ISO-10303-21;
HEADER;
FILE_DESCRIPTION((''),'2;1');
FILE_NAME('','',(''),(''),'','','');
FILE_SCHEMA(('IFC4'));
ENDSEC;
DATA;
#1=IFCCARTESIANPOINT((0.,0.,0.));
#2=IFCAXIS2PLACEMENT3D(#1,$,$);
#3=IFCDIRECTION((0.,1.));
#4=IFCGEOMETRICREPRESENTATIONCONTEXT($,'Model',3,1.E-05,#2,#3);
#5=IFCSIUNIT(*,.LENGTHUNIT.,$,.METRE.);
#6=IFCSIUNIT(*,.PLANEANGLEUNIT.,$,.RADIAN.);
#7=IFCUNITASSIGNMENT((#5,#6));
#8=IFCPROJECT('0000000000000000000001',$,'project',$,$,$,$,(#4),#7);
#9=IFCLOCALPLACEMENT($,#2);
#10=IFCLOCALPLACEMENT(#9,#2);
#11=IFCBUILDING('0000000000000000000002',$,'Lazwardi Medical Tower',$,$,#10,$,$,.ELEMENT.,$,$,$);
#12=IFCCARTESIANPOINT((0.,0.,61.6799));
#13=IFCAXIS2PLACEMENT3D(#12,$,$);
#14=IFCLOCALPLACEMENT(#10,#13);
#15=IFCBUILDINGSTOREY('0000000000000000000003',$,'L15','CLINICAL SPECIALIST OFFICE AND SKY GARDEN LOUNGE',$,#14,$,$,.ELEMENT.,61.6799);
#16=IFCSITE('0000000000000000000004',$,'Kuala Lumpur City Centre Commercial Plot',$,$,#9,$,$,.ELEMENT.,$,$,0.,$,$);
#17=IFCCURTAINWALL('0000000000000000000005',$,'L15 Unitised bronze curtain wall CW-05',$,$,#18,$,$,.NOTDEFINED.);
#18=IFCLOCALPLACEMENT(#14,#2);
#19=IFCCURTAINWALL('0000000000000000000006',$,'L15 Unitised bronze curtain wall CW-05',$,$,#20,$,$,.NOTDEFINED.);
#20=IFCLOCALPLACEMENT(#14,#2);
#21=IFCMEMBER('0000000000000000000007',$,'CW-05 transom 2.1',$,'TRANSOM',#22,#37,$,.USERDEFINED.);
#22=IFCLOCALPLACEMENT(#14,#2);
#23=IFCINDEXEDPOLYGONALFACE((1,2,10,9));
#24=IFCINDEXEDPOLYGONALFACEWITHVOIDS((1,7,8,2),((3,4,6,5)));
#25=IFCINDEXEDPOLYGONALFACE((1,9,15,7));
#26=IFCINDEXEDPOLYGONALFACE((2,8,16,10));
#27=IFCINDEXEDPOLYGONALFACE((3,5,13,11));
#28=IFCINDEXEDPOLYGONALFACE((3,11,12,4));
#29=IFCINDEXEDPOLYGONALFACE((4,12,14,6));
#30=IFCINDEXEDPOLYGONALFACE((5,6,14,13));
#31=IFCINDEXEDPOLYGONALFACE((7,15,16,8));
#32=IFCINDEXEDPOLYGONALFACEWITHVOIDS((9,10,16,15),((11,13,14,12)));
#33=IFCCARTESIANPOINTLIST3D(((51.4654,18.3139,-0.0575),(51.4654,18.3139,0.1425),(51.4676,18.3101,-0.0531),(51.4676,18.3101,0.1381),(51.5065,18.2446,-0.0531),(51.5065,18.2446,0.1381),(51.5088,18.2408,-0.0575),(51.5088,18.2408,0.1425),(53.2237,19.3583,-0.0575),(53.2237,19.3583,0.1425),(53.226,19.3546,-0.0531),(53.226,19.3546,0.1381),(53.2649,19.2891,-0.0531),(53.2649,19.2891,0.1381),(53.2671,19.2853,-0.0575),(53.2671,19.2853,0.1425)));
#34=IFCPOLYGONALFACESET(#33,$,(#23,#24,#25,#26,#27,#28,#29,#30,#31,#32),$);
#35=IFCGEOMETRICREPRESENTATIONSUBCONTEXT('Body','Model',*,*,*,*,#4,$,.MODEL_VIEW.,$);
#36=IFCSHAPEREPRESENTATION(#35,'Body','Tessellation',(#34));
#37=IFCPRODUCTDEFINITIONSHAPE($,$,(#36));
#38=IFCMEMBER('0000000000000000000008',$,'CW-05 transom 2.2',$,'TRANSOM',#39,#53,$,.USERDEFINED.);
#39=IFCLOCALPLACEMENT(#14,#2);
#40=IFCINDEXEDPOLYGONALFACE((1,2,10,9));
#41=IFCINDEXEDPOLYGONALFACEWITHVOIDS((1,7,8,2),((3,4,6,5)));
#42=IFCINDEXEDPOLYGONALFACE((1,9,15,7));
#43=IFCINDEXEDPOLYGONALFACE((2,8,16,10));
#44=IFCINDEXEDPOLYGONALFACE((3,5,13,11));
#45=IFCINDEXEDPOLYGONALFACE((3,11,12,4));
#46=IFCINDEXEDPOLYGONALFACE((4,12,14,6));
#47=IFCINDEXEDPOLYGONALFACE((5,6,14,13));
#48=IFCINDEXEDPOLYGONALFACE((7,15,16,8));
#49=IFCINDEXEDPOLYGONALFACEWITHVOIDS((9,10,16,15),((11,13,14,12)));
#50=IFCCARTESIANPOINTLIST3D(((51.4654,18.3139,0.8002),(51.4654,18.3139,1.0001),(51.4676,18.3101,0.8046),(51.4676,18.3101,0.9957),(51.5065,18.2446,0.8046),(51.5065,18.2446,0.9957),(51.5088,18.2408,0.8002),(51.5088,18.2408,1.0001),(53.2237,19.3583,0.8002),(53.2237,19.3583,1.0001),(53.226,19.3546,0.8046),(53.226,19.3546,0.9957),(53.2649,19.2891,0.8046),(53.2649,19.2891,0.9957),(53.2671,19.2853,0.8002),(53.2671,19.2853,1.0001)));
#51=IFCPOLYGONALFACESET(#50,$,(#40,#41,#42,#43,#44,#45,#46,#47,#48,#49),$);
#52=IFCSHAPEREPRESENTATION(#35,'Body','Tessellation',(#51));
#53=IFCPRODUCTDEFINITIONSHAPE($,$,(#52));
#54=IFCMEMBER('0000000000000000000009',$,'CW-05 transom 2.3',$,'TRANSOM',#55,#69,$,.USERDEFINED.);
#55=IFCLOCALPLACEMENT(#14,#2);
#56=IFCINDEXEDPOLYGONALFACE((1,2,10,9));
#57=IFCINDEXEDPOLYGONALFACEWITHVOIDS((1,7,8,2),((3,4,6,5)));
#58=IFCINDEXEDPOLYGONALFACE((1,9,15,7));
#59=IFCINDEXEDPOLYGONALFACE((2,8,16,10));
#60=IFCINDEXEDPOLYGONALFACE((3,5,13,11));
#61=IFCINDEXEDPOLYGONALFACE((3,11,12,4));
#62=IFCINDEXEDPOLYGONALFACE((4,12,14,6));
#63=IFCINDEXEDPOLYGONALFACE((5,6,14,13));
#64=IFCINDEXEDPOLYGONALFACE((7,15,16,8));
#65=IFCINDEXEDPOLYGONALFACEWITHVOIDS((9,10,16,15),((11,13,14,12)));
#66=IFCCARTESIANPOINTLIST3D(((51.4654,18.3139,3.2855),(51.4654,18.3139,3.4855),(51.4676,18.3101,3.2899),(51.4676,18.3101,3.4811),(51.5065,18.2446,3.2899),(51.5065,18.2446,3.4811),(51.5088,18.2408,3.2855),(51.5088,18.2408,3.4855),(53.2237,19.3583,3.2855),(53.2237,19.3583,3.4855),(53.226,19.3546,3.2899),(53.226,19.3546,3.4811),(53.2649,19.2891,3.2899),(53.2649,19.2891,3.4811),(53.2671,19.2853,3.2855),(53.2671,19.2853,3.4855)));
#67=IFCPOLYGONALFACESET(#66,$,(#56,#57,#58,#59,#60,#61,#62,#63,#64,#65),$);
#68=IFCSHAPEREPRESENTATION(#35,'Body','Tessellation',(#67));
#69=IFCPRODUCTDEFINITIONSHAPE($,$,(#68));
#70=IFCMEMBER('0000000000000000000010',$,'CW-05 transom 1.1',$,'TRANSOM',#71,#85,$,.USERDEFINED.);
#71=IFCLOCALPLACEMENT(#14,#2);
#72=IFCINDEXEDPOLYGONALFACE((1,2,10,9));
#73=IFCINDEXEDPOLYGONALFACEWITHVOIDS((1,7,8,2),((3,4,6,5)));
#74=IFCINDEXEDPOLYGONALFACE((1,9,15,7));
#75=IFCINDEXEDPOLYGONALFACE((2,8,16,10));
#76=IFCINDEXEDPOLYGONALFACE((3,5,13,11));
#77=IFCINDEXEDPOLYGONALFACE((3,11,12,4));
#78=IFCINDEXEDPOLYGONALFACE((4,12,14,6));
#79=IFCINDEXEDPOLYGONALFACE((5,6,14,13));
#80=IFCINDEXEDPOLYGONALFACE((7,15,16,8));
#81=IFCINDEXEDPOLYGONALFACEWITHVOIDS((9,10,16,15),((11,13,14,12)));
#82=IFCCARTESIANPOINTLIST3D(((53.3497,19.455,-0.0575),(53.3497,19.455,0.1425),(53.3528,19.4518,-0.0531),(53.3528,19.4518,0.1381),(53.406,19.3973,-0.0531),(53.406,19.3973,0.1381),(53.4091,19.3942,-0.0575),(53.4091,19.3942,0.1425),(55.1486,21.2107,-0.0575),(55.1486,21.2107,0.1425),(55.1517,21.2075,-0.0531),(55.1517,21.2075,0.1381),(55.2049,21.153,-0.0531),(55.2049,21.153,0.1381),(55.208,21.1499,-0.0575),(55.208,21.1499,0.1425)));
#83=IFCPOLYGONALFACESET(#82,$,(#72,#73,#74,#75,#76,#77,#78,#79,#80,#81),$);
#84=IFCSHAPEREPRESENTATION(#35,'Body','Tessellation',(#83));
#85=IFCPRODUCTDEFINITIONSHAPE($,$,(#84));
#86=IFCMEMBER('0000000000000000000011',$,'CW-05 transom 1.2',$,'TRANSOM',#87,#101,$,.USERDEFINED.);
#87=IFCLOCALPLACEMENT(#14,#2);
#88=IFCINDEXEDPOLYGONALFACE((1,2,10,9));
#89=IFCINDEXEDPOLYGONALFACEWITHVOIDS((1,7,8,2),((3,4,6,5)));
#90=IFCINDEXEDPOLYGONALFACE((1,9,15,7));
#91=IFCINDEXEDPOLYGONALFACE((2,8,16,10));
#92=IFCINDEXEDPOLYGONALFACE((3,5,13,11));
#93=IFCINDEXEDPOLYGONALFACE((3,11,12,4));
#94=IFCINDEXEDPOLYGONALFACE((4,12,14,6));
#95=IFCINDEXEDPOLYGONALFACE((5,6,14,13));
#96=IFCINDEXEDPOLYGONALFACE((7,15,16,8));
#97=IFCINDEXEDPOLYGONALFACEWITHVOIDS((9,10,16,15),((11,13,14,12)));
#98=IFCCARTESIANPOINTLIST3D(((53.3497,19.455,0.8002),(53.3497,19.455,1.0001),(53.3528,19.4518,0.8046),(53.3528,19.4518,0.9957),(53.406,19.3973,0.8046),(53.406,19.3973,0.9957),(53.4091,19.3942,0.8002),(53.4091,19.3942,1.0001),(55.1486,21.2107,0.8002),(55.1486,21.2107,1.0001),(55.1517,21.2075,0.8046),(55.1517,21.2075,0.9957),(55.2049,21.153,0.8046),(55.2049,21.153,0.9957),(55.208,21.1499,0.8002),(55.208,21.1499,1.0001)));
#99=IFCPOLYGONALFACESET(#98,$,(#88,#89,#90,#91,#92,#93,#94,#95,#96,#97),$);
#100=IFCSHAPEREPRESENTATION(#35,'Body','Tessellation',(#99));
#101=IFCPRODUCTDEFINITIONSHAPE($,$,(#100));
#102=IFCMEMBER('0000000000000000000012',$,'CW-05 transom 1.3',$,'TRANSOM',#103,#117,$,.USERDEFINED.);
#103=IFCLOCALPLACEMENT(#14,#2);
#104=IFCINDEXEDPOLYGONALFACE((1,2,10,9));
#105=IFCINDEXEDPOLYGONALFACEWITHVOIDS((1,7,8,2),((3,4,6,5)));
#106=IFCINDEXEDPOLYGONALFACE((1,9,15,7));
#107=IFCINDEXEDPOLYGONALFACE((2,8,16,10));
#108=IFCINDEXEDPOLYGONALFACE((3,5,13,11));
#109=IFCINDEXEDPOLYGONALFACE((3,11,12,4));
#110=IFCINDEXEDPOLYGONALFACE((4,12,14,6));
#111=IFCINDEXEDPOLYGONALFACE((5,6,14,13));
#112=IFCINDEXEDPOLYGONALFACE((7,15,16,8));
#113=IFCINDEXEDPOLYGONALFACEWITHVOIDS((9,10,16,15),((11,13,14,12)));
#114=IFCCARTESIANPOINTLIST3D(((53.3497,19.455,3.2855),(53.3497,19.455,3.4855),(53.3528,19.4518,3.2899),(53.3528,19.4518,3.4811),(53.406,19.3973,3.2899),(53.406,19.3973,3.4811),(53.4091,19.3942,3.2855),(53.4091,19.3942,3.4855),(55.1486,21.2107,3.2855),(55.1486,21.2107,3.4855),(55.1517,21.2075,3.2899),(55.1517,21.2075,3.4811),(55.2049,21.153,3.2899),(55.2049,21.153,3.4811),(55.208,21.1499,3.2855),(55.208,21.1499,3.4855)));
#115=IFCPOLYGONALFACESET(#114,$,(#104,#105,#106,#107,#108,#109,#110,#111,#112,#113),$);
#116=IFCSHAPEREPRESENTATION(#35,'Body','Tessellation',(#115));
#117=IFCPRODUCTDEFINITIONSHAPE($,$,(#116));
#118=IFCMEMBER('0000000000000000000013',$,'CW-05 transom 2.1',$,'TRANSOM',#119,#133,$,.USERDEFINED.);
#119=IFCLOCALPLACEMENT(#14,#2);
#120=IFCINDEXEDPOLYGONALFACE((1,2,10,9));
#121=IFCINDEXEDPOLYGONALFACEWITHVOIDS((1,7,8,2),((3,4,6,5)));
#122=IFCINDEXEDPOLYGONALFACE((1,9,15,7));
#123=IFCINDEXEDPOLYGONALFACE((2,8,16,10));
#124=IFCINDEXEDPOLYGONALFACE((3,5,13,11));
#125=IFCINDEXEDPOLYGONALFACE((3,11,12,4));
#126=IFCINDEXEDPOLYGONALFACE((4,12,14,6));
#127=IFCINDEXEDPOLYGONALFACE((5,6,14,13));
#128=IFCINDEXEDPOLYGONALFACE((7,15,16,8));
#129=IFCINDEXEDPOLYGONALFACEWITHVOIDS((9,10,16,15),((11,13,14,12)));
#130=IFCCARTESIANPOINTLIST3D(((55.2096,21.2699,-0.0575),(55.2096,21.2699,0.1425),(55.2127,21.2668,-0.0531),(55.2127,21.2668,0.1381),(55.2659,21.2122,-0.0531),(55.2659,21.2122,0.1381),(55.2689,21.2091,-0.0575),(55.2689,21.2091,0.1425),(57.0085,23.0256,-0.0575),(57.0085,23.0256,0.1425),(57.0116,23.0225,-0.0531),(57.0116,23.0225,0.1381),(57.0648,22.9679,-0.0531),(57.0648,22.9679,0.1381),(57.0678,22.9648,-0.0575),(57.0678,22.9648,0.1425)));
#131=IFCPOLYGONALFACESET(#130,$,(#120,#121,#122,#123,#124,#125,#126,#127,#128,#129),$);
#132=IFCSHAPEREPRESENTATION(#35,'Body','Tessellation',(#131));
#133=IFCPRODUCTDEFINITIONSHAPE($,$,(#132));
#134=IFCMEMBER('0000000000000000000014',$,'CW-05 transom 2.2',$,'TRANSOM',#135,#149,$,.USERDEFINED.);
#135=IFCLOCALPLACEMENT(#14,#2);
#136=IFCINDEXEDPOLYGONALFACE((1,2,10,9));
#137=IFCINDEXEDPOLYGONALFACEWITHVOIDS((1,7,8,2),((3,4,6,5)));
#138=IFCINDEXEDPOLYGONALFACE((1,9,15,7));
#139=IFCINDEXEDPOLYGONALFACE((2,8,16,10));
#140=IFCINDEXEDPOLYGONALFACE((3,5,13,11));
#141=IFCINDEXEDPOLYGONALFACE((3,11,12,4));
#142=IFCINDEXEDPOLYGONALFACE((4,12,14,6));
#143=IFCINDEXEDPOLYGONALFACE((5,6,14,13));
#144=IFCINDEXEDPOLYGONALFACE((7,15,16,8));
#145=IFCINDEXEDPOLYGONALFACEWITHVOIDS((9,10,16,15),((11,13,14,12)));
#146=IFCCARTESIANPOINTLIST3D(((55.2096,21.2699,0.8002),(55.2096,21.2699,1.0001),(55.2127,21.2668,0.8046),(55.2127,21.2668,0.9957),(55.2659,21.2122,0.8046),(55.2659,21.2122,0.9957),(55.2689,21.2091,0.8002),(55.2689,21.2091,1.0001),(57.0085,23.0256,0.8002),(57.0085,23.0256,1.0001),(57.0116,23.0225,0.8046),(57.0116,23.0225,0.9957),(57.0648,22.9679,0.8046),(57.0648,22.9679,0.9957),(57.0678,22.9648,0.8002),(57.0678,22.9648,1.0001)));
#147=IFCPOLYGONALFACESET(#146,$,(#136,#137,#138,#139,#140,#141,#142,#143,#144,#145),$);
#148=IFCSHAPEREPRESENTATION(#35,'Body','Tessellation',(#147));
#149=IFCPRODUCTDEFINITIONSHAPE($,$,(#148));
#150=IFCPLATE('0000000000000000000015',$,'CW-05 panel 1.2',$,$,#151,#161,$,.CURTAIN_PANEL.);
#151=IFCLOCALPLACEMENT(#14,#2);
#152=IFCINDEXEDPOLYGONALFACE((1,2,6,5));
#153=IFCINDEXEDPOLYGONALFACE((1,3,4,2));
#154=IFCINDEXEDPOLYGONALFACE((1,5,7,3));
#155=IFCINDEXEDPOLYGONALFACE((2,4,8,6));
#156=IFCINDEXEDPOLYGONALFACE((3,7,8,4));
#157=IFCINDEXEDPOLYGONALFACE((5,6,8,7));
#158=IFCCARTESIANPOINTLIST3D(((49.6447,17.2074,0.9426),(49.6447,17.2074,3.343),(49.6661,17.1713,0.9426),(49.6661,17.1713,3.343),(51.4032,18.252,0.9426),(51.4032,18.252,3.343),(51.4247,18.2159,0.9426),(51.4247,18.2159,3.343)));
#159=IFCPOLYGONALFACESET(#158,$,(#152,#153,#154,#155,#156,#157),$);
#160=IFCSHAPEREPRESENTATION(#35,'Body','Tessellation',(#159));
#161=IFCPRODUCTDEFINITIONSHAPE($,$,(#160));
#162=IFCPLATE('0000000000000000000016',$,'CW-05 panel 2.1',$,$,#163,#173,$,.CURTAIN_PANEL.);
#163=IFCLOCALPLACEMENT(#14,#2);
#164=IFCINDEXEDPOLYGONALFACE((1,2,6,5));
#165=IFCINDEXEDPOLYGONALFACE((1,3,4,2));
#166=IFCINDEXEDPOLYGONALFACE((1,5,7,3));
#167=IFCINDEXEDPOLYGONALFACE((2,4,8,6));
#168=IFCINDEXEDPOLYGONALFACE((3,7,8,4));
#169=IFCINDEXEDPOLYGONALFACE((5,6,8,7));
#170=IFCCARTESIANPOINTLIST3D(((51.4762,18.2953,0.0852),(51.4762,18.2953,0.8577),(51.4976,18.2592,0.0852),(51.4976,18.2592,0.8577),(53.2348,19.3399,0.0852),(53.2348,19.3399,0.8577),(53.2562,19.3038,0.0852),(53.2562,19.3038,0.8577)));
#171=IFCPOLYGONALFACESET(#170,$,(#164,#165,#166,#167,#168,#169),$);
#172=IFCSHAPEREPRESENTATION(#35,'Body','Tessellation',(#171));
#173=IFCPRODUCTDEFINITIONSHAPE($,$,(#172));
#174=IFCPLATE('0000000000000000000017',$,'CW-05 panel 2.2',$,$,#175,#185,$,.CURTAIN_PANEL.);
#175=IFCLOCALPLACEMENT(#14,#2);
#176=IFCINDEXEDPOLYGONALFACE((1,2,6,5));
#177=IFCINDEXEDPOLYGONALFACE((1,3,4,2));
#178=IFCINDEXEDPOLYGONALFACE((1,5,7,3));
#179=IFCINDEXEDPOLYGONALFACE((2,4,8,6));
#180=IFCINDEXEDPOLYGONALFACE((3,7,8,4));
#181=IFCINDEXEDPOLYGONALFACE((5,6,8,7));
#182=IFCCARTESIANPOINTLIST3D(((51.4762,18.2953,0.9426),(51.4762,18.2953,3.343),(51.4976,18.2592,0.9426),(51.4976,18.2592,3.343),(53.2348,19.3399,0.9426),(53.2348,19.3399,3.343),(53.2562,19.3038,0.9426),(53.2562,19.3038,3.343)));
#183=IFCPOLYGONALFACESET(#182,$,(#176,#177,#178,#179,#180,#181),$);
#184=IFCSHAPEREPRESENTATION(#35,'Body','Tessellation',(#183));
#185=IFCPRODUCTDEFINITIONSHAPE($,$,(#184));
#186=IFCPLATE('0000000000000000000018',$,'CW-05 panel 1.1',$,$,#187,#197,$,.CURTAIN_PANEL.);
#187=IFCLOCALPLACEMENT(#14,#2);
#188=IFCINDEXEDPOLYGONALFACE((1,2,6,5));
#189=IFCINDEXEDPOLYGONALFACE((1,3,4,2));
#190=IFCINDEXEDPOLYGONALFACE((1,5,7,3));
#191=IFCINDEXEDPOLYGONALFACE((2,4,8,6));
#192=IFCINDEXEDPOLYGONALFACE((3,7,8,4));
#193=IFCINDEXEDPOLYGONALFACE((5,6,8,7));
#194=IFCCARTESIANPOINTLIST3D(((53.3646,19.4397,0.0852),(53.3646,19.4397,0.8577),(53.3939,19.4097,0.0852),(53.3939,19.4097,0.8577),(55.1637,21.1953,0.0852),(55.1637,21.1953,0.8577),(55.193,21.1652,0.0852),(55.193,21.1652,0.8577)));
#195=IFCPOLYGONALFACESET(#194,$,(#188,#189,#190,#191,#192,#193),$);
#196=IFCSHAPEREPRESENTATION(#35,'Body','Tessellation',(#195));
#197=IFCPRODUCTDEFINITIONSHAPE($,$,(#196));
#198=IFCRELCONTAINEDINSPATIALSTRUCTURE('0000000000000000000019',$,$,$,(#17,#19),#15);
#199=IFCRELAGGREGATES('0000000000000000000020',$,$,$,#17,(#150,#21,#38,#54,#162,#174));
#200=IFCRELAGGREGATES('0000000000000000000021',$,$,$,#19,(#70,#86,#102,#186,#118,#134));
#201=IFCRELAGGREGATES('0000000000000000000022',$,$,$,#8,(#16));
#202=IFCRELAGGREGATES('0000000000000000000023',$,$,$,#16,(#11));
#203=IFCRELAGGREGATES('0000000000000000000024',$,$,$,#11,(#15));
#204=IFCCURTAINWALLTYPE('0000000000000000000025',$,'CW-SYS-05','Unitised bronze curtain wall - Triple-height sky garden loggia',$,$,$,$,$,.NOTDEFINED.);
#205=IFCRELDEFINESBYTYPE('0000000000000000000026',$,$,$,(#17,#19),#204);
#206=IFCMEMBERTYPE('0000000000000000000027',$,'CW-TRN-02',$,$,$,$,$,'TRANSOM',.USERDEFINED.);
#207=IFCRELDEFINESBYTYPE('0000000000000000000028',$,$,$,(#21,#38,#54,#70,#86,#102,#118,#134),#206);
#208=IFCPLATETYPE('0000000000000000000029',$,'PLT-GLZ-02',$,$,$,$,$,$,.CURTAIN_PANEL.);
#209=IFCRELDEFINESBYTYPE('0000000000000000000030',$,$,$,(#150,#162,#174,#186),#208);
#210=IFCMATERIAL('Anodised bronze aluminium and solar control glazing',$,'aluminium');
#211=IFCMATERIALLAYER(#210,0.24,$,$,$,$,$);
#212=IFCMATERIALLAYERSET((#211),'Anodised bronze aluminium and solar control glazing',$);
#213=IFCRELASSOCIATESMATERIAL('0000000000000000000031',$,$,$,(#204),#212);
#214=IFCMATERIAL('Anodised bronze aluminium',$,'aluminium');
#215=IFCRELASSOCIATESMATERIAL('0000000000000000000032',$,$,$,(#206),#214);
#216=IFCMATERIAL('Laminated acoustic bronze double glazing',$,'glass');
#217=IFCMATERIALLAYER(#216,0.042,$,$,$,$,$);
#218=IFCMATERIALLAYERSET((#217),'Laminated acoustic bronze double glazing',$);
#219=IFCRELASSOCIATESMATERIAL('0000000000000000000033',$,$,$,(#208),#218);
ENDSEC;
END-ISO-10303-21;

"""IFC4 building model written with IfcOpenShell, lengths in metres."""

from ifc_helpers import new_model, si_unit, direction, frame, origin, origin_2d, place, context, subcontext, project, spatial, rectangle, hollow_rectangle, extrude, material, layer, layer_set, material_profile, profile_set, type_object, element, aggregate, save


model = new_model("IFC4")

# Units and contexts
model_context = context("Model", 3, precision=1e-05, world=origin(), true_north=direction((0.0, 1.0)))
body_context = subcontext(model_context, "Body", "Model", "MODEL_VIEW")
ifc_project = project(units=[si_unit("LENGTHUNIT", "METRE"), si_unit("PLANEANGLEUNIT", "RADIAN")], contexts=[model_context])

# Site, building, storey
site_placement = place(None, origin())
site = spatial("IfcSite", under=ifc_project, at=site_placement, Name="Kuala Lumpur City Centre Commercial Plot", CompositionType="ELEMENT", RefElevation=0.0)
building_placement = place(site_placement, origin())
building = spatial("IfcBuilding", under=site, at=building_placement, Name="Lazwardi Medical Tower", CompositionType="ELEMENT")
storey_placement = place(building_placement, frame((0.0, 0.0, 61.6799)))
storey = spatial("IfcBuildingStorey", under=building, at=storey_placement, Name="L15", Description="CLINICAL SPECIALIST OFFICE AND SKY GARDEN LOUNGE", CompositionType="ELEMENT", Elevation=61.6799)

# Shared definitions
ifc_material_1 = material(Name="Anodised bronze aluminium and solar control glazing", Category="aluminium")
ifc_material_2 = material(Name="Anodised bronze aluminium", Category="aluminium")

# Curtain walls
ifc_layer_1 = layer(ifc_material_1, 0.24)
ifc_layer_set_1 = layer_set([ifc_layer_1], Name="Anodised bronze aluminium and solar control glazing")
curtain_wall_type_1 = type_object("IfcCurtainWallType", Name="CW-SYS-05", Description="Unitised bronze curtain wall - Triple-height sky garden loggia", PredefinedType="NOTDEFINED", material=ifc_layer_set_1)
curtain_wall_1_placement = place(storey_placement, origin())
curtain_wall_1 = element("IfcCurtainWall", 1, at=curtain_wall_1_placement, inside=storey, type_object=curtain_wall_type_1, Name="L15 Unitised bronze curtain wall CW-05", PredefinedType="NOTDEFINED")
curtain_wall_2_placement = place(storey_placement, origin())
curtain_wall_2 = element("IfcCurtainWall", 2, at=curtain_wall_2_placement, inside=storey, type_object=curtain_wall_type_1, Name="L15 Unitised bronze curtain wall CW-05", PredefinedType="NOTDEFINED")

# Members
ifc_material_profile_1 = material_profile(ifc_material_2, hollow_rectangle(XDim=0.085, YDim=0.2, WallThickness=0.0044, at=origin_2d()), Name="ALU-TRANSOM 200x85x4.5")
ifc_profile_set_1 = profile_set([ifc_material_profile_1], Name="Anodised bronze aluminium")
member_type_1 = type_object("IfcMemberType", Name="CW-TRN-02", ElementType="TRANSOM", PredefinedType="USERDEFINED", material=ifc_profile_set_1)
member_1_placement = place(storey_placement, frame((51.4871, 18.2773, 0.0425), z_axis=(0.85976, 0.510699, 0.0), x_axis=(-0.510699, 0.85976, 0.0)))
member_1 = element("IfcMember", 3, at=member_1_placement, type_object=member_type_1, Name="CW-05 transom 2.1", ObjectType="TRANSOM", PredefinedType="USERDEFINED", context=body_context, shape_type="SweptSolid", body=[
    extrude(hollow_rectangle(XDim=0.085, YDim=0.2, WallThickness=0.0044, at=origin_2d()), origin(), (0.0, 0.0, 1.0), 2.0452),
])
member_2_placement = place(storey_placement, frame((51.4871, 18.2773, 0.9001), z_axis=(0.85976, 0.510699, 0.0), x_axis=(-0.510699, 0.85976, 0.0)))
member_2 = element("IfcMember", 4, at=member_2_placement, type_object=member_type_1, Name="CW-05 transom 2.2", ObjectType="TRANSOM", PredefinedType="USERDEFINED", context=body_context, shape_type="SweptSolid", body=[
    extrude(hollow_rectangle(XDim=0.085, YDim=0.2, WallThickness=0.0044, at=origin_2d()), origin(), (0.0, 0.0, 1.0), 2.0452),
])
member_3_placement = place(storey_placement, frame((51.4871, 18.2773, 3.3855), z_axis=(0.85976, 0.510699, 0.0), x_axis=(-0.510699, 0.85976, 0.0)))
member_3 = element("IfcMember", 5, at=member_3_placement, type_object=member_type_1, Name="CW-05 transom 2.3", ObjectType="TRANSOM", PredefinedType="USERDEFINED", context=body_context, shape_type="SweptSolid", body=[
    extrude(hollow_rectangle(XDim=0.085, YDim=0.2, WallThickness=0.0044, at=origin_2d()), origin(), (0.0, 0.0, 1.0), 2.0452),
])
member_4_placement = place(storey_placement, frame((53.3794, 19.4246, 0.0425), z_axis=(0.71565, 0.698459, 0.0), x_axis=(-0.698459, 0.71565, 0.0)))
member_4 = element("IfcMember", 6, at=member_4_placement, type_object=member_type_1, Name="CW-05 transom 1.1", ObjectType="TRANSOM", PredefinedType="USERDEFINED", context=body_context, shape_type="SweptSolid", body=[
    extrude(hollow_rectangle(XDim=0.085, YDim=0.2, WallThickness=0.0044, at=origin_2d()), origin(), (0.0, 0.0, 1.0), 2.5137),
])
member_5_placement = place(storey_placement, frame((53.3794, 19.4246, 0.9001), z_axis=(0.71565, 0.698459, 0.0), x_axis=(-0.698459, 0.71565, 0.0)))
member_5 = element("IfcMember", 7, at=member_5_placement, type_object=member_type_1, Name="CW-05 transom 1.2", ObjectType="TRANSOM", PredefinedType="USERDEFINED", context=body_context, shape_type="SweptSolid", body=[
    extrude(hollow_rectangle(XDim=0.085, YDim=0.2, WallThickness=0.0044, at=origin_2d()), origin(), (0.0, 0.0, 1.0), 2.5137),
])
member_6_placement = place(storey_placement, frame((53.3794, 19.4246, 3.3855), z_axis=(0.71565, 0.698459, 0.0), x_axis=(-0.698459, 0.71565, 0.0)))
member_6 = element("IfcMember", 8, at=member_6_placement, type_object=member_type_1, Name="CW-05 transom 1.3", ObjectType="TRANSOM", PredefinedType="USERDEFINED", context=body_context, shape_type="SweptSolid", body=[
    extrude(hollow_rectangle(XDim=0.085, YDim=0.2, WallThickness=0.0044, at=origin_2d()), origin(), (0.0, 0.0, 1.0), 2.5137),
])
member_7_placement = place(storey_placement, frame((55.2393, 21.2395, 0.0425), z_axis=(0.71565, 0.698459, 0.0), x_axis=(-0.698459, 0.71565, 0.0)))
member_7 = element("IfcMember", 9, at=member_7_placement, type_object=member_type_1, Name="CW-05 transom 2.1", ObjectType="TRANSOM", PredefinedType="USERDEFINED", context=body_context, shape_type="SweptSolid", body=[
    extrude(hollow_rectangle(XDim=0.085, YDim=0.2, WallThickness=0.0044, at=origin_2d()), origin(), (0.0, 0.0, 1.0), 2.5137),
])
member_8_placement = place(storey_placement, frame((55.2393, 21.2395, 0.9001), z_axis=(0.71565, 0.698459, 0.0), x_axis=(-0.698459, 0.71565, 0.0)))
member_8 = element("IfcMember", 10, at=member_8_placement, type_object=member_type_1, Name="CW-05 transom 2.2", ObjectType="TRANSOM", PredefinedType="USERDEFINED", context=body_context, shape_type="SweptSolid", body=[
    extrude(hollow_rectangle(XDim=0.085, YDim=0.2, WallThickness=0.0044, at=origin_2d()), origin(), (0.0, 0.0, 1.0), 2.5137),
])

# Plates
ifc_material_3 = material(Name="Laminated acoustic bronze double glazing", Category="glass")
ifc_layer_2 = layer(ifc_material_3, 0.042)
ifc_layer_set_2 = layer_set([ifc_layer_2], Name="Laminated acoustic bronze double glazing")
plate_type = type_object("IfcPlateType", Name="PLT-GLZ-02", PredefinedType="CURTAIN_PANEL", material=ifc_layer_set_2)
plate_1_placement = place(storey_placement, frame((50.5347, 17.7117, 0.9426), z_axis=(0.0, 0.0, 1.0), x_axis=(0.859771, 0.51068, 0.0)))
plate_1 = element("IfcPlate", 11, at=plate_1_placement, type_object=plate_type, Name="CW-05 panel 1.2", PredefinedType="CURTAIN_PANEL", context=body_context, shape_type="SweptSolid", body=[
    extrude(rectangle(XDim=2.0454, YDim=0.042, at=origin_2d()), origin(), (0.0, 0.0, 1.0), 2.4004),
])
plate_2_placement = place(storey_placement, frame((52.3662, 18.7996, 0.0852), z_axis=(0.0, 0.0, 1.0), x_axis=(0.859771, 0.51068, 0.0)))
plate_2 = element("IfcPlate", 12, at=plate_2_placement, type_object=plate_type, Name="CW-05 panel 2.1", PredefinedType="CURTAIN_PANEL", context=body_context, shape_type="SweptSolid", body=[
    extrude(rectangle(XDim=2.0454, YDim=0.042, at=origin_2d()), origin(), (0.0, 0.0, 1.0), 0.7725),
])
plate_3_placement = place(storey_placement, frame((52.3662, 18.7996, 0.9426), z_axis=(0.0, 0.0, 1.0), x_axis=(0.859771, 0.51068, 0.0)))
plate_3 = element("IfcPlate", 13, at=plate_3_placement, type_object=plate_type, Name="CW-05 panel 2.2", PredefinedType="CURTAIN_PANEL", context=body_context, shape_type="SweptSolid", body=[
    extrude(rectangle(XDim=2.0454, YDim=0.042, at=origin_2d()), origin(), (0.0, 0.0, 1.0), 2.4004),
])
aggregate(curtain_wall_1, [plate_1, member_1, member_2, member_3, plate_2, plate_3])
plate_4_placement = place(storey_placement, frame((54.2788, 20.3025, 0.0852), z_axis=(0.0, 0.0, 1.0), x_axis=(0.715706, 0.698402, 0.0)))
plate_4 = element("IfcPlate", 14, at=plate_4_placement, type_object=plate_type, Name="CW-05 panel 1.1", PredefinedType="CURTAIN_PANEL", context=body_context, shape_type="SweptSolid", body=[
    extrude(rectangle(XDim=2.5137, YDim=0.042, at=origin_2d()), origin(), (0.0, 0.0, 1.0), 0.7725),
])
aggregate(curtain_wall_2, [member_4, member_5, member_6, plate_4, member_7, member_8])

save(model, "model.ifc")
